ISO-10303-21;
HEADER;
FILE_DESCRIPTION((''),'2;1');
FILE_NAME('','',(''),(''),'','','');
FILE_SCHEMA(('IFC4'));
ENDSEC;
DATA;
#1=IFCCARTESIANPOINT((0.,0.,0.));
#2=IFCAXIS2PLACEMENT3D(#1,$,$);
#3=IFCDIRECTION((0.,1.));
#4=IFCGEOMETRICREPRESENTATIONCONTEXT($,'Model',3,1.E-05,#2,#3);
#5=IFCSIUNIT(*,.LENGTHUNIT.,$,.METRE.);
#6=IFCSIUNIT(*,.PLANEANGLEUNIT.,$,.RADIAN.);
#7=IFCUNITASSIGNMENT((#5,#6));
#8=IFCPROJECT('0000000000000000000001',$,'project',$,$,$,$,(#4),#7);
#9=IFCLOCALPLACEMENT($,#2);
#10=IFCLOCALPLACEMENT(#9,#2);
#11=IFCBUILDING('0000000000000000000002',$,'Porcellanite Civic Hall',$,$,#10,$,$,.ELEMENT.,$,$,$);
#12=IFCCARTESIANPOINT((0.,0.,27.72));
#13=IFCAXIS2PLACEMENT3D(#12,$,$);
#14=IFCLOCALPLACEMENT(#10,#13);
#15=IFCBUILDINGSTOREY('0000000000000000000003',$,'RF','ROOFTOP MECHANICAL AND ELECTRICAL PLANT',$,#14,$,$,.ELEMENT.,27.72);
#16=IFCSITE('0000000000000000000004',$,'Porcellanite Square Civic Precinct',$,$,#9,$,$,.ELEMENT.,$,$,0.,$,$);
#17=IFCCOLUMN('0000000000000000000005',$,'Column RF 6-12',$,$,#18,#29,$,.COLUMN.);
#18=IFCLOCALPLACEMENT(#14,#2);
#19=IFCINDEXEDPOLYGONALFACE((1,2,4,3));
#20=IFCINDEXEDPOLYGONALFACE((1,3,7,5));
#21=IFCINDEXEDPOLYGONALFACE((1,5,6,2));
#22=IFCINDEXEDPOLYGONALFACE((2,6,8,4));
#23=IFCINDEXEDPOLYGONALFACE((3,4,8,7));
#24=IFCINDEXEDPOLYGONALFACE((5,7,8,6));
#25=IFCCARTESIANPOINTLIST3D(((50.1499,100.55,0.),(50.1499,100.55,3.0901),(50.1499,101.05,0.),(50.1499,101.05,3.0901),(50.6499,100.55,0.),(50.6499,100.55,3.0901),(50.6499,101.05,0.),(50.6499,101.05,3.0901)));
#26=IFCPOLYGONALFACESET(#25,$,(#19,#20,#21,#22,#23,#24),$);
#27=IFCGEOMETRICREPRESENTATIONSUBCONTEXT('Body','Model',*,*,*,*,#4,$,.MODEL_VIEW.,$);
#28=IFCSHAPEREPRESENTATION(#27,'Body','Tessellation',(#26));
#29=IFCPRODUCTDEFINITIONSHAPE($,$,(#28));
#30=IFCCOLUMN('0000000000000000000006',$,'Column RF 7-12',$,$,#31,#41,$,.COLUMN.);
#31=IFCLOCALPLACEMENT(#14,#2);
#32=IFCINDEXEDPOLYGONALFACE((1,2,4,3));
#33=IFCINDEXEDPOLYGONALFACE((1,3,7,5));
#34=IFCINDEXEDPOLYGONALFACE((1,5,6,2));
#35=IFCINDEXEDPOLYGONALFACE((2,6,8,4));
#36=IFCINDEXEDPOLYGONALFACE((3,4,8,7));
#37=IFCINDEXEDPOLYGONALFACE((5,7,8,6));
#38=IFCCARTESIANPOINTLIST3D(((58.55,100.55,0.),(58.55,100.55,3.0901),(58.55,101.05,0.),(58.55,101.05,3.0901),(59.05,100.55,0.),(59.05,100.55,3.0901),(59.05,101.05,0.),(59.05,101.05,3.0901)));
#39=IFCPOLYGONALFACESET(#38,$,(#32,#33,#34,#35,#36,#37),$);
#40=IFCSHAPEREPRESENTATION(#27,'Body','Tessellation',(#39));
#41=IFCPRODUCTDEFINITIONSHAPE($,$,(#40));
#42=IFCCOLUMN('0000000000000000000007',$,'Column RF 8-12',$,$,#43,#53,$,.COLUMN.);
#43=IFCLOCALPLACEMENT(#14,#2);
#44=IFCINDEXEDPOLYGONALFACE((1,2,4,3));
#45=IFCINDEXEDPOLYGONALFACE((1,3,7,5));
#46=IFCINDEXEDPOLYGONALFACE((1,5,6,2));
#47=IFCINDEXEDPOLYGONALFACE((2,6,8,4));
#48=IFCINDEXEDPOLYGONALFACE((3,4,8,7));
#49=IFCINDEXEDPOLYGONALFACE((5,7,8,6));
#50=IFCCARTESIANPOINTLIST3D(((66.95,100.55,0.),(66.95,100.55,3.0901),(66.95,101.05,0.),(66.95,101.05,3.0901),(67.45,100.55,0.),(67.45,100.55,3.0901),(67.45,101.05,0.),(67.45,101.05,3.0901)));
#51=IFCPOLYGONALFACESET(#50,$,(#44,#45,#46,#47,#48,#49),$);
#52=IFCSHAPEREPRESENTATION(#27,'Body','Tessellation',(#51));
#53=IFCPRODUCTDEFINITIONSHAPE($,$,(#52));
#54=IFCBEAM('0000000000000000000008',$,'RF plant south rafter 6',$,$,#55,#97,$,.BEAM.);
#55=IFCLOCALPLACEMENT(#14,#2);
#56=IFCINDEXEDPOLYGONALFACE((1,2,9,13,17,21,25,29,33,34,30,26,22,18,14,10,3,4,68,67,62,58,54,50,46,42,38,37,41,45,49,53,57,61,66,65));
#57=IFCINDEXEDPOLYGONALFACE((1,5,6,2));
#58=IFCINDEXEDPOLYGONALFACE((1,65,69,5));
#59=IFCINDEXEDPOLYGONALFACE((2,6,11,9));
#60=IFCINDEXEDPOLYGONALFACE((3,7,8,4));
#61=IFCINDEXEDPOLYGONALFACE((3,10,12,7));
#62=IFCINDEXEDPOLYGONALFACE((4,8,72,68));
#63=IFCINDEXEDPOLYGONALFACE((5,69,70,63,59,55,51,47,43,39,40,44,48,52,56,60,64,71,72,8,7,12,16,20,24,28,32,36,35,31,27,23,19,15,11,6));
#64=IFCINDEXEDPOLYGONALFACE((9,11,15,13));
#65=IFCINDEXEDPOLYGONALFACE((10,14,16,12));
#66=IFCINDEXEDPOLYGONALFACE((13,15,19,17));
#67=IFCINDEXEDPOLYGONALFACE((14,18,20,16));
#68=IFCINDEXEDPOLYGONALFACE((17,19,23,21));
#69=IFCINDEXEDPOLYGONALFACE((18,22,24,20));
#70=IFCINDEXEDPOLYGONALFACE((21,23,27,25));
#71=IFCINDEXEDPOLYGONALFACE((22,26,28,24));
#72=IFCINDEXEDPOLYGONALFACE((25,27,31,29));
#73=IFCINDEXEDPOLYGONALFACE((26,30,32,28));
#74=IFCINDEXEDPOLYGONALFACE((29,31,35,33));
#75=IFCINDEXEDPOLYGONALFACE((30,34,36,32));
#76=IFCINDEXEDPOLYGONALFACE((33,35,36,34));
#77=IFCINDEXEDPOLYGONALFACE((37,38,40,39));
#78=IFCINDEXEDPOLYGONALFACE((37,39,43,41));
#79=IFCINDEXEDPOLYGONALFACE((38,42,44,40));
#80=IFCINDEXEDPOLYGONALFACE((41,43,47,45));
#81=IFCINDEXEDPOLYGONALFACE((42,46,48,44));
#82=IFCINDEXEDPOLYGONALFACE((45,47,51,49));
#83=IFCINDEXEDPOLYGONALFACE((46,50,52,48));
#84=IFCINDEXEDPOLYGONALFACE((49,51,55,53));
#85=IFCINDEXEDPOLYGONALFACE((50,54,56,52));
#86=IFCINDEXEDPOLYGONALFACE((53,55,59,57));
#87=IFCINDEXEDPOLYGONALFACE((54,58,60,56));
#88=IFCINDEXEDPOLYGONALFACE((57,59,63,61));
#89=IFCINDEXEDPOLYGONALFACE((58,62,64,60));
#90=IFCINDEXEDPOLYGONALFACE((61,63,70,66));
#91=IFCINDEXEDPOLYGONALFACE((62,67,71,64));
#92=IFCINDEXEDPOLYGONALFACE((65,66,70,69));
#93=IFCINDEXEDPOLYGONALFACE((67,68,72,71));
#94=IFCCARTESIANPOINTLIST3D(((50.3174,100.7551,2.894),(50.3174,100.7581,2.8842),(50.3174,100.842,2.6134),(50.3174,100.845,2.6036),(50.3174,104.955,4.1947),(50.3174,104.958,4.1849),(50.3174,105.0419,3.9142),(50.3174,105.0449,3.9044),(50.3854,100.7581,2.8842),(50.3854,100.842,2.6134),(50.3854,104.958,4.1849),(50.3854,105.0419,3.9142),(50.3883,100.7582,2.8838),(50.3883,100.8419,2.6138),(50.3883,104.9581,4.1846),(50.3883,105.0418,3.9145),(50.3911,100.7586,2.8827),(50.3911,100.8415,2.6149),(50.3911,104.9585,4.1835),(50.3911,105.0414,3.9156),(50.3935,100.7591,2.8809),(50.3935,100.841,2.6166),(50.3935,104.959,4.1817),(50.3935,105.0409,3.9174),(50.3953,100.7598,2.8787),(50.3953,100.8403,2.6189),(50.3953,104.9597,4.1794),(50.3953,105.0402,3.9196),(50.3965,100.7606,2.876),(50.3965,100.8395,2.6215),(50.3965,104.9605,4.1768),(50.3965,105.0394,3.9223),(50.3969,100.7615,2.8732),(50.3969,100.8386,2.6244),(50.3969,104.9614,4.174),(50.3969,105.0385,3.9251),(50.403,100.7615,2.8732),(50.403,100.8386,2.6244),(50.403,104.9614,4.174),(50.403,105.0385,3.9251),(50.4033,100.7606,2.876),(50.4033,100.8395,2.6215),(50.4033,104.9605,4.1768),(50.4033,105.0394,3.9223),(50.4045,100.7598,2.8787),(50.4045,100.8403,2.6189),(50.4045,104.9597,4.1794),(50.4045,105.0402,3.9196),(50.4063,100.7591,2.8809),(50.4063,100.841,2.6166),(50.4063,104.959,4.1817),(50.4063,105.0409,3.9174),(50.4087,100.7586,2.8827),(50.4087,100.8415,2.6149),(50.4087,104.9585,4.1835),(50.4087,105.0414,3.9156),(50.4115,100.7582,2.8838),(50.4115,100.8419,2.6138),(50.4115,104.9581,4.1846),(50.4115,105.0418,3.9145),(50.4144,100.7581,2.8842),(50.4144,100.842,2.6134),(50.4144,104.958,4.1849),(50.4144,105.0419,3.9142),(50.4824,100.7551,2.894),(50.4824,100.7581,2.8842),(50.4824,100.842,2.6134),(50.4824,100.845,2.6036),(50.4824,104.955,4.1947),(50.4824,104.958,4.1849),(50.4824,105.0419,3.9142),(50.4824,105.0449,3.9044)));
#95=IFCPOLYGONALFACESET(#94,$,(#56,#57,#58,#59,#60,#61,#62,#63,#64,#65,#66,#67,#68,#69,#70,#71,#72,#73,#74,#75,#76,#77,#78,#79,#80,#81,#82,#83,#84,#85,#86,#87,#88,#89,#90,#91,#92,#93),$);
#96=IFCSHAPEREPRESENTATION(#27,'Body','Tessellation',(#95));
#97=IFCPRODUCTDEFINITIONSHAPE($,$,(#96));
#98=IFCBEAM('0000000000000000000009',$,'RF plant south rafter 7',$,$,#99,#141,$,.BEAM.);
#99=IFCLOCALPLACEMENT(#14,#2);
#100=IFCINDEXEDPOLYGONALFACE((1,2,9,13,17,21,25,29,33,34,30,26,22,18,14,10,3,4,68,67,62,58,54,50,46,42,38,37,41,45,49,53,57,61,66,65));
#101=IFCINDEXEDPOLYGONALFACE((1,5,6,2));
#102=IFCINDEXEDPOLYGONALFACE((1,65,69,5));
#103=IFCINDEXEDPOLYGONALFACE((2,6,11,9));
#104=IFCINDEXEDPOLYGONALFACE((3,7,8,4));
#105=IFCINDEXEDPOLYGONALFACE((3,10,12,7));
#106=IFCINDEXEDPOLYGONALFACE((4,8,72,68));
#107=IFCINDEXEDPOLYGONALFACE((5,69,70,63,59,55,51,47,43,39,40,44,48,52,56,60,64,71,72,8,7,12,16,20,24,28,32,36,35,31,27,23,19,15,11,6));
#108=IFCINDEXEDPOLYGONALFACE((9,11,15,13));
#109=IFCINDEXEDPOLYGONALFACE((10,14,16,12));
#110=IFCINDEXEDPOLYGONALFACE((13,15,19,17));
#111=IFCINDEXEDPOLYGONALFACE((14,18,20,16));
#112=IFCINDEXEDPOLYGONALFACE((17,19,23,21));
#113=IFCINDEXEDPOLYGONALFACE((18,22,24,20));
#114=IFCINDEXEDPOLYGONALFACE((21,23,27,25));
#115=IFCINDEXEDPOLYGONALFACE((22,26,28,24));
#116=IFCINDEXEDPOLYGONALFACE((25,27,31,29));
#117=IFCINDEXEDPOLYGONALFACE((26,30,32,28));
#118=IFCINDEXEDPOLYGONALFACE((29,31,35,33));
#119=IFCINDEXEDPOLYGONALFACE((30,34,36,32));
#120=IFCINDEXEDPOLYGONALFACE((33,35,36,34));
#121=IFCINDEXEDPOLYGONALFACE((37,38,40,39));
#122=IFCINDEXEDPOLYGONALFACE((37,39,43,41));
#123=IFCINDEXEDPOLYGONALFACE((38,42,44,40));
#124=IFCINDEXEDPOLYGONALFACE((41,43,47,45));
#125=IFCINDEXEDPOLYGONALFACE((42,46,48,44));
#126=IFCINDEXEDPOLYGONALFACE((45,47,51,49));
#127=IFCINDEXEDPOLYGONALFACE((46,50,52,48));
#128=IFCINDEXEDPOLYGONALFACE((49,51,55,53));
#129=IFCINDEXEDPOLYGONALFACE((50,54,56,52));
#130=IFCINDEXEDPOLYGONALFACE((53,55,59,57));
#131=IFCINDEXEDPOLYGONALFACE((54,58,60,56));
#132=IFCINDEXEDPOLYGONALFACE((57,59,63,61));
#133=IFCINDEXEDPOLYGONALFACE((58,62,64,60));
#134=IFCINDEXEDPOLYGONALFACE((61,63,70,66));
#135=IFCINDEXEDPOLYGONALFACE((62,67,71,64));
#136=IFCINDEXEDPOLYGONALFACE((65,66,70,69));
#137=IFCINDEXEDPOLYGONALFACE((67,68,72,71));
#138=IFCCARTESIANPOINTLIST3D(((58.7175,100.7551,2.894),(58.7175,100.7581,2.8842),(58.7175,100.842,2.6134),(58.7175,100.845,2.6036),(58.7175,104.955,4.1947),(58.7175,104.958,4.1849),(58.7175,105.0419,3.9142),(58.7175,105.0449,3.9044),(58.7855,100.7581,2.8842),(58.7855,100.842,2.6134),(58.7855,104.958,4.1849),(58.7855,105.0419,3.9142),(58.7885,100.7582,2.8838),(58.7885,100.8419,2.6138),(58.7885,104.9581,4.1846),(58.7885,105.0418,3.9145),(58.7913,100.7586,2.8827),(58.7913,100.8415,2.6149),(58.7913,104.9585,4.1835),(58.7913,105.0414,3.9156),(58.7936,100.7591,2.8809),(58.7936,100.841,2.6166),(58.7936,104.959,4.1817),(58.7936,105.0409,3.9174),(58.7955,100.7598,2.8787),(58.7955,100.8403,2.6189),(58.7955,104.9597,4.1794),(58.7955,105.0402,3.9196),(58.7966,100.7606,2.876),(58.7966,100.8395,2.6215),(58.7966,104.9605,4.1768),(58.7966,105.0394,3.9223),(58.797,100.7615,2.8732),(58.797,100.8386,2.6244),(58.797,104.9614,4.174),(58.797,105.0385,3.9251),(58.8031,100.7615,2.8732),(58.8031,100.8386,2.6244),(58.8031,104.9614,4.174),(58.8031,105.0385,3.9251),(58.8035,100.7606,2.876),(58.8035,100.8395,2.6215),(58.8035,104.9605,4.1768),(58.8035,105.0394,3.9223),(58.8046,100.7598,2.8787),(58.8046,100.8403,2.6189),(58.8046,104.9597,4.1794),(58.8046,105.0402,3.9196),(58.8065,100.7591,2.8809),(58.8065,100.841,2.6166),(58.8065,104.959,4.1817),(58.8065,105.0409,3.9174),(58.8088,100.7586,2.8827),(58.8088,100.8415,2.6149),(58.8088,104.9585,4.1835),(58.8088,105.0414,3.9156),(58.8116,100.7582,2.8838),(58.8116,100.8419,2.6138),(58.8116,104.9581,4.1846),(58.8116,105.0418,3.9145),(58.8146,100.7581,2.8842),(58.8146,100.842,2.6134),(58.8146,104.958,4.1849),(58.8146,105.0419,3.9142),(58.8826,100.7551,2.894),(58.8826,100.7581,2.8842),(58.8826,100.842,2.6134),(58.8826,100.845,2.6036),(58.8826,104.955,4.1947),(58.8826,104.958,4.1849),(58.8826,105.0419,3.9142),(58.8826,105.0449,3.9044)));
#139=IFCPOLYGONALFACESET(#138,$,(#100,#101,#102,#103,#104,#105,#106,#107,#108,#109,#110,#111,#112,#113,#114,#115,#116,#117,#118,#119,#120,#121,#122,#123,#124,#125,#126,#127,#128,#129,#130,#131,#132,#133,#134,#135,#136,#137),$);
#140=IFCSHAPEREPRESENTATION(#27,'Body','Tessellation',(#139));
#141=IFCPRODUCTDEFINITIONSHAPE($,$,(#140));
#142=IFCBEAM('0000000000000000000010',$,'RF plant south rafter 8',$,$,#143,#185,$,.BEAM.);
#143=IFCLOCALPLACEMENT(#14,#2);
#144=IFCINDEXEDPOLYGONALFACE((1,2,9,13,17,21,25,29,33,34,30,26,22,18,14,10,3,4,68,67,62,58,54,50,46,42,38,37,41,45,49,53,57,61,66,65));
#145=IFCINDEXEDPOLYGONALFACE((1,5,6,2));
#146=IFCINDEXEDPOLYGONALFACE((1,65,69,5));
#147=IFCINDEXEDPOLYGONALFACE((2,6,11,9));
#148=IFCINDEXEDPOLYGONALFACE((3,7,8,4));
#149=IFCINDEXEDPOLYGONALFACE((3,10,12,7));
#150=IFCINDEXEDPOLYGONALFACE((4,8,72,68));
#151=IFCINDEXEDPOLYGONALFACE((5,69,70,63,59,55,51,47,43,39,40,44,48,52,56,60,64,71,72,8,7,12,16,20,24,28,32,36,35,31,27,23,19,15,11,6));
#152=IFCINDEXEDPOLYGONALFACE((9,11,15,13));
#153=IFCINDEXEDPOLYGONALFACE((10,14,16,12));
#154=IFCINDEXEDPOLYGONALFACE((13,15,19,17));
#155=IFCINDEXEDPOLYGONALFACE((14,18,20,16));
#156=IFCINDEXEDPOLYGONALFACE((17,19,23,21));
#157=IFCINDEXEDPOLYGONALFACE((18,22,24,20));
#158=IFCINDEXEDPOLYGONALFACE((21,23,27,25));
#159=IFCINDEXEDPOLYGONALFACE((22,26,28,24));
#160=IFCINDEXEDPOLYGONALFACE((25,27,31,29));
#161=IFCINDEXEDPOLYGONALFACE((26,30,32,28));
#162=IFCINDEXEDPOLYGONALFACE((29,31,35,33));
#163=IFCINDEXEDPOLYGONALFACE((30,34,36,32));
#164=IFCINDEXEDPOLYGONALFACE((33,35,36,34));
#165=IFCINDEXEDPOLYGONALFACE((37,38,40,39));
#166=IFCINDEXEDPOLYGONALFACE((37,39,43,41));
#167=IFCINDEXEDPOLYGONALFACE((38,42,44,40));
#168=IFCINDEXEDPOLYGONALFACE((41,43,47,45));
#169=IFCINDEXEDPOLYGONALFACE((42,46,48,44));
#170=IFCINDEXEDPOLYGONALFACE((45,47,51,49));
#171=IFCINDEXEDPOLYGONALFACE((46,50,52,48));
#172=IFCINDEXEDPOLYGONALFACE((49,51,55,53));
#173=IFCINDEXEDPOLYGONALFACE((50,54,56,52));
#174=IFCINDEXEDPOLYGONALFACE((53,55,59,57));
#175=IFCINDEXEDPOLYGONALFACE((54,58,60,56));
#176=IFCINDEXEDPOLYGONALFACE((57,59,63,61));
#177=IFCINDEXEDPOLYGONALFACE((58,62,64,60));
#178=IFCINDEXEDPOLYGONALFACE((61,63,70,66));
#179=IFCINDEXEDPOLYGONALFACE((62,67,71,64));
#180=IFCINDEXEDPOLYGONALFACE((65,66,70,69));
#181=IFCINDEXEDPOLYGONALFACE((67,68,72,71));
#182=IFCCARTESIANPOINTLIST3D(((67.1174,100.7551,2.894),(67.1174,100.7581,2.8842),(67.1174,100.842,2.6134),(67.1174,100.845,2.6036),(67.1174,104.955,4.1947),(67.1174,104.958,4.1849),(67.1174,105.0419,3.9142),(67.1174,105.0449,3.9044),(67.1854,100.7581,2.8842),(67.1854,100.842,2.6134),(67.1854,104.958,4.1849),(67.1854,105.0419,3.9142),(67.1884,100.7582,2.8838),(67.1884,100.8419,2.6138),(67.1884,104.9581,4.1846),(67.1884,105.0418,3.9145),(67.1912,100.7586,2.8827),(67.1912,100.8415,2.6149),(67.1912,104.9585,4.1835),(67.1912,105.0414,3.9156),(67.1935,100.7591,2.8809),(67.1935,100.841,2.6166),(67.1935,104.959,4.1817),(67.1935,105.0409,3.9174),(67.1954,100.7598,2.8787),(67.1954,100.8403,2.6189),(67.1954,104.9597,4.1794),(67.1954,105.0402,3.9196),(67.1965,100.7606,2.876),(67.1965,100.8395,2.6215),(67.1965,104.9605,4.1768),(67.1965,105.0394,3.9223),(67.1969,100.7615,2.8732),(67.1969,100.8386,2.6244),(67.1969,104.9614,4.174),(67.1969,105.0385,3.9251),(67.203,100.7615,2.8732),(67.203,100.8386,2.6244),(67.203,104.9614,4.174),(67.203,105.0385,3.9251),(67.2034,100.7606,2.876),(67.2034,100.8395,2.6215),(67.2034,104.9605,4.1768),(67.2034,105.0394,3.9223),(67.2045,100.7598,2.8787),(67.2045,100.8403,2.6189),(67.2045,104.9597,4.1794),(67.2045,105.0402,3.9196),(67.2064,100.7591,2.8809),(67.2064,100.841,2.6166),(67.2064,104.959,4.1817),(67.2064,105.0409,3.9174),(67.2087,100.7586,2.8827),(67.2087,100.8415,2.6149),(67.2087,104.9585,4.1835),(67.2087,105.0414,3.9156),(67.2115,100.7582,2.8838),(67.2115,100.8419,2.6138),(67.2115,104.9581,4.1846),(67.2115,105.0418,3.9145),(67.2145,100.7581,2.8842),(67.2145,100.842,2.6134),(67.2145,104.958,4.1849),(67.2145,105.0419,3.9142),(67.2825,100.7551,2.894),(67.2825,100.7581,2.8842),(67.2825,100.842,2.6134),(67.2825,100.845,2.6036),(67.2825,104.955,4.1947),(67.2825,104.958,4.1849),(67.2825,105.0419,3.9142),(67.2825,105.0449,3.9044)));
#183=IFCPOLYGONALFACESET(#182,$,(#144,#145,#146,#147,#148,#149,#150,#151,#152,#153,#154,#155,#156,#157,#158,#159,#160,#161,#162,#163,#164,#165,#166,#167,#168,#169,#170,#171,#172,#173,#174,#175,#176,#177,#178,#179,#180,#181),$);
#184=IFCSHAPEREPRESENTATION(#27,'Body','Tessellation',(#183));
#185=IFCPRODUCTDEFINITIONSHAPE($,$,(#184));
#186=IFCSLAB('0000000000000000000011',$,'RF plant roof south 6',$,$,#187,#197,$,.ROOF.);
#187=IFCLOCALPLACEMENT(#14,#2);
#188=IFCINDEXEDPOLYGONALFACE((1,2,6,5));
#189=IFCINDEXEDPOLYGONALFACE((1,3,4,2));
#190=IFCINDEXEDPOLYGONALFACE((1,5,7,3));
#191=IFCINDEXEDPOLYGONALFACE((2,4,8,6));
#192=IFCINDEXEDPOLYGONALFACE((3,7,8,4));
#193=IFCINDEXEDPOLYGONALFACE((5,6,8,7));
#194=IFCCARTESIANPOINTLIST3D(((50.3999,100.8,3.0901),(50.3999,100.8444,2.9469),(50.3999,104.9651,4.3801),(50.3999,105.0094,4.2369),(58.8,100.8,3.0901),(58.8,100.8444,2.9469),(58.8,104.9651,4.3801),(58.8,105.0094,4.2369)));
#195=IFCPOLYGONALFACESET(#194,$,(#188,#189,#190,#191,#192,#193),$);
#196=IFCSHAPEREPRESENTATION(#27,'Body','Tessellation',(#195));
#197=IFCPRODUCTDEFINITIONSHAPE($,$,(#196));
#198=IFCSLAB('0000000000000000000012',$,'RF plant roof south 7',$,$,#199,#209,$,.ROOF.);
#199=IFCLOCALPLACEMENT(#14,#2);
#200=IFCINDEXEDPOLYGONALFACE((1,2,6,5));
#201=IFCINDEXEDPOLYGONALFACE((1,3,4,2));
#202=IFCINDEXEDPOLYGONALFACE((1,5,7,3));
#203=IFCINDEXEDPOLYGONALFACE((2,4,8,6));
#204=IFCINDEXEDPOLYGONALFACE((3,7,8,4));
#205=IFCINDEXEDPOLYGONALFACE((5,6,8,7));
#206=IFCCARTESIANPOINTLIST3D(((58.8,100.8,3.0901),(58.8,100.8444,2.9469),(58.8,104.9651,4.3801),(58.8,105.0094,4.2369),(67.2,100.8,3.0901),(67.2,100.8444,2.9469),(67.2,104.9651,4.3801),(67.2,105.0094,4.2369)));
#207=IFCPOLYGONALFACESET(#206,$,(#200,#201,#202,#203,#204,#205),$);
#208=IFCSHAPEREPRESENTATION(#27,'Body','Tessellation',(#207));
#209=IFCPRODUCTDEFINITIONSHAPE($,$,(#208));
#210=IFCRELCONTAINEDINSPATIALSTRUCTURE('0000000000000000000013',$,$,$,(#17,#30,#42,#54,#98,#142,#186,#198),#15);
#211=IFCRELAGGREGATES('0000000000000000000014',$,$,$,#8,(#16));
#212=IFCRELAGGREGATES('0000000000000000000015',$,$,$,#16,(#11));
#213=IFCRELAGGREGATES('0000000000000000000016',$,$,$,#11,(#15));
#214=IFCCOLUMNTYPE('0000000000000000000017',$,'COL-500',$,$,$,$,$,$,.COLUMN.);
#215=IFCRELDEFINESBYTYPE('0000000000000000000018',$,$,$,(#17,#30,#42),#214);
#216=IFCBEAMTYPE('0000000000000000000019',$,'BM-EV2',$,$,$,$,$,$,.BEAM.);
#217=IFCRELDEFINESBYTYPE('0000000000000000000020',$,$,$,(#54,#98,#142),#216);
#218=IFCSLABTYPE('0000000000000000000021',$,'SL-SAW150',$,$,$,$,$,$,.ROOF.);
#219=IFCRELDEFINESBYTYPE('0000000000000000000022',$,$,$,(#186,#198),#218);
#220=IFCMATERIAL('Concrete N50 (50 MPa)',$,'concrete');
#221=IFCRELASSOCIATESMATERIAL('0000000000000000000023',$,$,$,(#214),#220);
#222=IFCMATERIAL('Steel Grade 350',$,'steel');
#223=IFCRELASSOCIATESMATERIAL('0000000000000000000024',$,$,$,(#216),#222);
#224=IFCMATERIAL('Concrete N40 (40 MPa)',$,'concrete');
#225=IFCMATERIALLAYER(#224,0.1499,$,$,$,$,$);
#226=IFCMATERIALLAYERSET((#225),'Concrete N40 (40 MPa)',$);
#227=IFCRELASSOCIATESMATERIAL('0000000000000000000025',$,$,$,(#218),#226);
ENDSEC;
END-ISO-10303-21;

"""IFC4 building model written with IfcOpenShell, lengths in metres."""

from ifc_helpers import new_model, si_unit, direction, frame, origin, origin_2d, place, context, subcontext, project, spatial, polyline, rectangle, i_section, outline, extrude, material, layer, layer_set, material_profile, profile_set, type_object, element, save


model = new_model("IFC4")

# Units and contexts
model_context = context("Model", 3, precision=1e-05, world=origin(), true_north=direction((0.0, 1.0)))
body_context = subcontext(model_context, "Body", "Model", "MODEL_VIEW")
ifc_project = project(units=[si_unit("LENGTHUNIT", "METRE"), si_unit("PLANEANGLEUNIT", "RADIAN")], contexts=[model_context])

# Site, building, storey
site_placement = place(None, origin())
site = spatial("IfcSite", under=ifc_project, at=site_placement, Name="Porcellanite Square Civic Precinct", CompositionType="ELEMENT", RefElevation=0.0)
building_placement = place(site_placement, origin())
building = spatial("IfcBuilding", under=site, at=building_placement, Name="Porcellanite Civic Hall", CompositionType="ELEMENT")
storey_placement = place(building_placement, frame((0.0, 0.0, 27.72)))
storey = spatial("IfcBuildingStorey", under=building, at=storey_placement, Name="RF", Description="ROOFTOP MECHANICAL AND ELECTRICAL PLANT", CompositionType="ELEMENT", Elevation=27.72)

# Columns
ifc_material_1 = material(Name="Concrete N50 (50 MPa)", Category="concrete")
ifc_material_profile_1 = material_profile(ifc_material_1, rectangle(XDim=0.5, YDim=0.5, at=origin_2d()), Name="RC-500x500")
ifc_profile_set_1 = profile_set([ifc_material_profile_1], Name="Concrete N50 (50 MPa)")
column_type = type_object("IfcColumnType", Name="COL-500", PredefinedType="COLUMN", material=ifc_profile_set_1)
for number, where, z_axis, x_axis, name in (
    (1, (50.3999, 100.8, 0.0), (0.0, 0.0, 1.0), (1.0, 0.0, 0.0), "Column RF 6-12"),
    (2, (58.8, 100.8, 0.0), (0.0, 0.0, 1.0), (1.0, 0.0, 0.0), "Column RF 7-12"),
    (3, (67.2, 100.8, 0.0), (0.0, 0.0, 1.0), (1.0, 0.0, 0.0), "Column RF 8-12"),
):
    element("IfcColumn", number, at=place(storey_placement, frame(where, z_axis=z_axis, x_axis=x_axis)), inside=storey, type_object=column_type, Name=name, PredefinedType="COLUMN", context=body_context, shape_type="SweptSolid", body=[
        extrude(rectangle(XDim=0.5, YDim=0.5, at=origin_2d()), origin(), (0.0, 0.0, 1.0), 3.0901),
    ])

# Beams
ifc_material_2 = material(Name="Steel Grade 350", Category="steel")
ifc_material_profile_2 = material_profile(ifc_material_2, i_section(OverallWidth=0.165, OverallDepth=0.304, WebThickness=0.0061, FlangeThickness=0.0103, FilletRadius=0.0115, at=origin_2d()), Name="310UB40.4")
ifc_profile_set_2 = profile_set([ifc_material_profile_2], Name="Steel Grade 350")
beam_type = type_object("IfcBeamType", Name="BM-EV2", PredefinedType="BEAM", material=ifc_profile_set_2)
for number, where, z_axis, x_axis, name in (
    (4, (50.3999, 100.8, 2.7488), (0.0, 0.955235, 0.295849), (-1.0, 0.0, 0.0), "RF plant south rafter 6"),
    (5, (58.8, 100.8, 2.7488), (0.0, 0.955235, 0.295849), (-1.0, 0.0, 0.0), "RF plant south rafter 7"),
    (6, (67.2, 100.8, 2.7488), (0.0, 0.955235, 0.295849), (-1.0, 0.0, 0.0), "RF plant south rafter 8"),
):
    element("IfcBeam", number, at=place(storey_placement, frame(where, z_axis=z_axis, x_axis=x_axis)), inside=storey, type_object=beam_type, Name=name, PredefinedType="BEAM", context=body_context, shape_type="SweptSolid", body=[
        extrude(i_section(OverallWidth=0.165, OverallDepth=0.304, WebThickness=0.0061, FlangeThickness=0.0103, FilletRadius=0.0115, at=origin_2d()), origin(), (0.0, 0.0, 1.0), 4.3967),
    ])

# Slabs
ifc_material_3 = material(Name="Concrete N40 (40 MPa)", Category="concrete")
ifc_layer_1 = layer(ifc_material_3, 0.1499)
ifc_layer_set_1 = layer_set([ifc_layer_1], Name="Concrete N40 (40 MPa)")
slab_type = type_object("IfcSlabType", Name="SL-SAW150", PredefinedType="ROOF", material=ifc_layer_set_1)
slab_1_placement = place(storey_placement, frame((50.3999, 100.8, 3.0901), z_axis=(0.0, -0.295864, 0.95523), x_axis=(1.0, 0.0, 0.0)))
element("IfcSlab", 7, at=slab_1_placement, inside=storey, type_object=slab_type, Name="RF plant roof south 6", PredefinedType="ROOF", context=body_context, shape_type="SweptSolid", body=[
    extrude(outline(polyline([(0.0, 0.0), (8.4001, 0.0), (8.4001, 4.3602), (0.0, 4.3602), (0.0, 0.0)])), origin(), (0.0, 0.0, -1.0), 0.1499),
])
slab_2_placement = place(storey_placement, frame((58.8, 100.8, 3.0901), z_axis=(0.0, -0.295864, 0.95523), x_axis=(1.0, 0.0, 0.0)))
element("IfcSlab", 8, at=slab_2_placement, inside=storey, type_object=slab_type, Name="RF plant roof south 7", PredefinedType="ROOF", context=body_context, shape_type="SweptSolid", body=[
    extrude(outline(polyline([(0.0, 0.0), (8.3999, 0.0), (8.3999, 4.3602), (0.0, 4.3602), (0.0, 0.0)])), origin(), (0.0, 0.0, -1.0), 0.1499),
])

save(model, "model.ifc")
